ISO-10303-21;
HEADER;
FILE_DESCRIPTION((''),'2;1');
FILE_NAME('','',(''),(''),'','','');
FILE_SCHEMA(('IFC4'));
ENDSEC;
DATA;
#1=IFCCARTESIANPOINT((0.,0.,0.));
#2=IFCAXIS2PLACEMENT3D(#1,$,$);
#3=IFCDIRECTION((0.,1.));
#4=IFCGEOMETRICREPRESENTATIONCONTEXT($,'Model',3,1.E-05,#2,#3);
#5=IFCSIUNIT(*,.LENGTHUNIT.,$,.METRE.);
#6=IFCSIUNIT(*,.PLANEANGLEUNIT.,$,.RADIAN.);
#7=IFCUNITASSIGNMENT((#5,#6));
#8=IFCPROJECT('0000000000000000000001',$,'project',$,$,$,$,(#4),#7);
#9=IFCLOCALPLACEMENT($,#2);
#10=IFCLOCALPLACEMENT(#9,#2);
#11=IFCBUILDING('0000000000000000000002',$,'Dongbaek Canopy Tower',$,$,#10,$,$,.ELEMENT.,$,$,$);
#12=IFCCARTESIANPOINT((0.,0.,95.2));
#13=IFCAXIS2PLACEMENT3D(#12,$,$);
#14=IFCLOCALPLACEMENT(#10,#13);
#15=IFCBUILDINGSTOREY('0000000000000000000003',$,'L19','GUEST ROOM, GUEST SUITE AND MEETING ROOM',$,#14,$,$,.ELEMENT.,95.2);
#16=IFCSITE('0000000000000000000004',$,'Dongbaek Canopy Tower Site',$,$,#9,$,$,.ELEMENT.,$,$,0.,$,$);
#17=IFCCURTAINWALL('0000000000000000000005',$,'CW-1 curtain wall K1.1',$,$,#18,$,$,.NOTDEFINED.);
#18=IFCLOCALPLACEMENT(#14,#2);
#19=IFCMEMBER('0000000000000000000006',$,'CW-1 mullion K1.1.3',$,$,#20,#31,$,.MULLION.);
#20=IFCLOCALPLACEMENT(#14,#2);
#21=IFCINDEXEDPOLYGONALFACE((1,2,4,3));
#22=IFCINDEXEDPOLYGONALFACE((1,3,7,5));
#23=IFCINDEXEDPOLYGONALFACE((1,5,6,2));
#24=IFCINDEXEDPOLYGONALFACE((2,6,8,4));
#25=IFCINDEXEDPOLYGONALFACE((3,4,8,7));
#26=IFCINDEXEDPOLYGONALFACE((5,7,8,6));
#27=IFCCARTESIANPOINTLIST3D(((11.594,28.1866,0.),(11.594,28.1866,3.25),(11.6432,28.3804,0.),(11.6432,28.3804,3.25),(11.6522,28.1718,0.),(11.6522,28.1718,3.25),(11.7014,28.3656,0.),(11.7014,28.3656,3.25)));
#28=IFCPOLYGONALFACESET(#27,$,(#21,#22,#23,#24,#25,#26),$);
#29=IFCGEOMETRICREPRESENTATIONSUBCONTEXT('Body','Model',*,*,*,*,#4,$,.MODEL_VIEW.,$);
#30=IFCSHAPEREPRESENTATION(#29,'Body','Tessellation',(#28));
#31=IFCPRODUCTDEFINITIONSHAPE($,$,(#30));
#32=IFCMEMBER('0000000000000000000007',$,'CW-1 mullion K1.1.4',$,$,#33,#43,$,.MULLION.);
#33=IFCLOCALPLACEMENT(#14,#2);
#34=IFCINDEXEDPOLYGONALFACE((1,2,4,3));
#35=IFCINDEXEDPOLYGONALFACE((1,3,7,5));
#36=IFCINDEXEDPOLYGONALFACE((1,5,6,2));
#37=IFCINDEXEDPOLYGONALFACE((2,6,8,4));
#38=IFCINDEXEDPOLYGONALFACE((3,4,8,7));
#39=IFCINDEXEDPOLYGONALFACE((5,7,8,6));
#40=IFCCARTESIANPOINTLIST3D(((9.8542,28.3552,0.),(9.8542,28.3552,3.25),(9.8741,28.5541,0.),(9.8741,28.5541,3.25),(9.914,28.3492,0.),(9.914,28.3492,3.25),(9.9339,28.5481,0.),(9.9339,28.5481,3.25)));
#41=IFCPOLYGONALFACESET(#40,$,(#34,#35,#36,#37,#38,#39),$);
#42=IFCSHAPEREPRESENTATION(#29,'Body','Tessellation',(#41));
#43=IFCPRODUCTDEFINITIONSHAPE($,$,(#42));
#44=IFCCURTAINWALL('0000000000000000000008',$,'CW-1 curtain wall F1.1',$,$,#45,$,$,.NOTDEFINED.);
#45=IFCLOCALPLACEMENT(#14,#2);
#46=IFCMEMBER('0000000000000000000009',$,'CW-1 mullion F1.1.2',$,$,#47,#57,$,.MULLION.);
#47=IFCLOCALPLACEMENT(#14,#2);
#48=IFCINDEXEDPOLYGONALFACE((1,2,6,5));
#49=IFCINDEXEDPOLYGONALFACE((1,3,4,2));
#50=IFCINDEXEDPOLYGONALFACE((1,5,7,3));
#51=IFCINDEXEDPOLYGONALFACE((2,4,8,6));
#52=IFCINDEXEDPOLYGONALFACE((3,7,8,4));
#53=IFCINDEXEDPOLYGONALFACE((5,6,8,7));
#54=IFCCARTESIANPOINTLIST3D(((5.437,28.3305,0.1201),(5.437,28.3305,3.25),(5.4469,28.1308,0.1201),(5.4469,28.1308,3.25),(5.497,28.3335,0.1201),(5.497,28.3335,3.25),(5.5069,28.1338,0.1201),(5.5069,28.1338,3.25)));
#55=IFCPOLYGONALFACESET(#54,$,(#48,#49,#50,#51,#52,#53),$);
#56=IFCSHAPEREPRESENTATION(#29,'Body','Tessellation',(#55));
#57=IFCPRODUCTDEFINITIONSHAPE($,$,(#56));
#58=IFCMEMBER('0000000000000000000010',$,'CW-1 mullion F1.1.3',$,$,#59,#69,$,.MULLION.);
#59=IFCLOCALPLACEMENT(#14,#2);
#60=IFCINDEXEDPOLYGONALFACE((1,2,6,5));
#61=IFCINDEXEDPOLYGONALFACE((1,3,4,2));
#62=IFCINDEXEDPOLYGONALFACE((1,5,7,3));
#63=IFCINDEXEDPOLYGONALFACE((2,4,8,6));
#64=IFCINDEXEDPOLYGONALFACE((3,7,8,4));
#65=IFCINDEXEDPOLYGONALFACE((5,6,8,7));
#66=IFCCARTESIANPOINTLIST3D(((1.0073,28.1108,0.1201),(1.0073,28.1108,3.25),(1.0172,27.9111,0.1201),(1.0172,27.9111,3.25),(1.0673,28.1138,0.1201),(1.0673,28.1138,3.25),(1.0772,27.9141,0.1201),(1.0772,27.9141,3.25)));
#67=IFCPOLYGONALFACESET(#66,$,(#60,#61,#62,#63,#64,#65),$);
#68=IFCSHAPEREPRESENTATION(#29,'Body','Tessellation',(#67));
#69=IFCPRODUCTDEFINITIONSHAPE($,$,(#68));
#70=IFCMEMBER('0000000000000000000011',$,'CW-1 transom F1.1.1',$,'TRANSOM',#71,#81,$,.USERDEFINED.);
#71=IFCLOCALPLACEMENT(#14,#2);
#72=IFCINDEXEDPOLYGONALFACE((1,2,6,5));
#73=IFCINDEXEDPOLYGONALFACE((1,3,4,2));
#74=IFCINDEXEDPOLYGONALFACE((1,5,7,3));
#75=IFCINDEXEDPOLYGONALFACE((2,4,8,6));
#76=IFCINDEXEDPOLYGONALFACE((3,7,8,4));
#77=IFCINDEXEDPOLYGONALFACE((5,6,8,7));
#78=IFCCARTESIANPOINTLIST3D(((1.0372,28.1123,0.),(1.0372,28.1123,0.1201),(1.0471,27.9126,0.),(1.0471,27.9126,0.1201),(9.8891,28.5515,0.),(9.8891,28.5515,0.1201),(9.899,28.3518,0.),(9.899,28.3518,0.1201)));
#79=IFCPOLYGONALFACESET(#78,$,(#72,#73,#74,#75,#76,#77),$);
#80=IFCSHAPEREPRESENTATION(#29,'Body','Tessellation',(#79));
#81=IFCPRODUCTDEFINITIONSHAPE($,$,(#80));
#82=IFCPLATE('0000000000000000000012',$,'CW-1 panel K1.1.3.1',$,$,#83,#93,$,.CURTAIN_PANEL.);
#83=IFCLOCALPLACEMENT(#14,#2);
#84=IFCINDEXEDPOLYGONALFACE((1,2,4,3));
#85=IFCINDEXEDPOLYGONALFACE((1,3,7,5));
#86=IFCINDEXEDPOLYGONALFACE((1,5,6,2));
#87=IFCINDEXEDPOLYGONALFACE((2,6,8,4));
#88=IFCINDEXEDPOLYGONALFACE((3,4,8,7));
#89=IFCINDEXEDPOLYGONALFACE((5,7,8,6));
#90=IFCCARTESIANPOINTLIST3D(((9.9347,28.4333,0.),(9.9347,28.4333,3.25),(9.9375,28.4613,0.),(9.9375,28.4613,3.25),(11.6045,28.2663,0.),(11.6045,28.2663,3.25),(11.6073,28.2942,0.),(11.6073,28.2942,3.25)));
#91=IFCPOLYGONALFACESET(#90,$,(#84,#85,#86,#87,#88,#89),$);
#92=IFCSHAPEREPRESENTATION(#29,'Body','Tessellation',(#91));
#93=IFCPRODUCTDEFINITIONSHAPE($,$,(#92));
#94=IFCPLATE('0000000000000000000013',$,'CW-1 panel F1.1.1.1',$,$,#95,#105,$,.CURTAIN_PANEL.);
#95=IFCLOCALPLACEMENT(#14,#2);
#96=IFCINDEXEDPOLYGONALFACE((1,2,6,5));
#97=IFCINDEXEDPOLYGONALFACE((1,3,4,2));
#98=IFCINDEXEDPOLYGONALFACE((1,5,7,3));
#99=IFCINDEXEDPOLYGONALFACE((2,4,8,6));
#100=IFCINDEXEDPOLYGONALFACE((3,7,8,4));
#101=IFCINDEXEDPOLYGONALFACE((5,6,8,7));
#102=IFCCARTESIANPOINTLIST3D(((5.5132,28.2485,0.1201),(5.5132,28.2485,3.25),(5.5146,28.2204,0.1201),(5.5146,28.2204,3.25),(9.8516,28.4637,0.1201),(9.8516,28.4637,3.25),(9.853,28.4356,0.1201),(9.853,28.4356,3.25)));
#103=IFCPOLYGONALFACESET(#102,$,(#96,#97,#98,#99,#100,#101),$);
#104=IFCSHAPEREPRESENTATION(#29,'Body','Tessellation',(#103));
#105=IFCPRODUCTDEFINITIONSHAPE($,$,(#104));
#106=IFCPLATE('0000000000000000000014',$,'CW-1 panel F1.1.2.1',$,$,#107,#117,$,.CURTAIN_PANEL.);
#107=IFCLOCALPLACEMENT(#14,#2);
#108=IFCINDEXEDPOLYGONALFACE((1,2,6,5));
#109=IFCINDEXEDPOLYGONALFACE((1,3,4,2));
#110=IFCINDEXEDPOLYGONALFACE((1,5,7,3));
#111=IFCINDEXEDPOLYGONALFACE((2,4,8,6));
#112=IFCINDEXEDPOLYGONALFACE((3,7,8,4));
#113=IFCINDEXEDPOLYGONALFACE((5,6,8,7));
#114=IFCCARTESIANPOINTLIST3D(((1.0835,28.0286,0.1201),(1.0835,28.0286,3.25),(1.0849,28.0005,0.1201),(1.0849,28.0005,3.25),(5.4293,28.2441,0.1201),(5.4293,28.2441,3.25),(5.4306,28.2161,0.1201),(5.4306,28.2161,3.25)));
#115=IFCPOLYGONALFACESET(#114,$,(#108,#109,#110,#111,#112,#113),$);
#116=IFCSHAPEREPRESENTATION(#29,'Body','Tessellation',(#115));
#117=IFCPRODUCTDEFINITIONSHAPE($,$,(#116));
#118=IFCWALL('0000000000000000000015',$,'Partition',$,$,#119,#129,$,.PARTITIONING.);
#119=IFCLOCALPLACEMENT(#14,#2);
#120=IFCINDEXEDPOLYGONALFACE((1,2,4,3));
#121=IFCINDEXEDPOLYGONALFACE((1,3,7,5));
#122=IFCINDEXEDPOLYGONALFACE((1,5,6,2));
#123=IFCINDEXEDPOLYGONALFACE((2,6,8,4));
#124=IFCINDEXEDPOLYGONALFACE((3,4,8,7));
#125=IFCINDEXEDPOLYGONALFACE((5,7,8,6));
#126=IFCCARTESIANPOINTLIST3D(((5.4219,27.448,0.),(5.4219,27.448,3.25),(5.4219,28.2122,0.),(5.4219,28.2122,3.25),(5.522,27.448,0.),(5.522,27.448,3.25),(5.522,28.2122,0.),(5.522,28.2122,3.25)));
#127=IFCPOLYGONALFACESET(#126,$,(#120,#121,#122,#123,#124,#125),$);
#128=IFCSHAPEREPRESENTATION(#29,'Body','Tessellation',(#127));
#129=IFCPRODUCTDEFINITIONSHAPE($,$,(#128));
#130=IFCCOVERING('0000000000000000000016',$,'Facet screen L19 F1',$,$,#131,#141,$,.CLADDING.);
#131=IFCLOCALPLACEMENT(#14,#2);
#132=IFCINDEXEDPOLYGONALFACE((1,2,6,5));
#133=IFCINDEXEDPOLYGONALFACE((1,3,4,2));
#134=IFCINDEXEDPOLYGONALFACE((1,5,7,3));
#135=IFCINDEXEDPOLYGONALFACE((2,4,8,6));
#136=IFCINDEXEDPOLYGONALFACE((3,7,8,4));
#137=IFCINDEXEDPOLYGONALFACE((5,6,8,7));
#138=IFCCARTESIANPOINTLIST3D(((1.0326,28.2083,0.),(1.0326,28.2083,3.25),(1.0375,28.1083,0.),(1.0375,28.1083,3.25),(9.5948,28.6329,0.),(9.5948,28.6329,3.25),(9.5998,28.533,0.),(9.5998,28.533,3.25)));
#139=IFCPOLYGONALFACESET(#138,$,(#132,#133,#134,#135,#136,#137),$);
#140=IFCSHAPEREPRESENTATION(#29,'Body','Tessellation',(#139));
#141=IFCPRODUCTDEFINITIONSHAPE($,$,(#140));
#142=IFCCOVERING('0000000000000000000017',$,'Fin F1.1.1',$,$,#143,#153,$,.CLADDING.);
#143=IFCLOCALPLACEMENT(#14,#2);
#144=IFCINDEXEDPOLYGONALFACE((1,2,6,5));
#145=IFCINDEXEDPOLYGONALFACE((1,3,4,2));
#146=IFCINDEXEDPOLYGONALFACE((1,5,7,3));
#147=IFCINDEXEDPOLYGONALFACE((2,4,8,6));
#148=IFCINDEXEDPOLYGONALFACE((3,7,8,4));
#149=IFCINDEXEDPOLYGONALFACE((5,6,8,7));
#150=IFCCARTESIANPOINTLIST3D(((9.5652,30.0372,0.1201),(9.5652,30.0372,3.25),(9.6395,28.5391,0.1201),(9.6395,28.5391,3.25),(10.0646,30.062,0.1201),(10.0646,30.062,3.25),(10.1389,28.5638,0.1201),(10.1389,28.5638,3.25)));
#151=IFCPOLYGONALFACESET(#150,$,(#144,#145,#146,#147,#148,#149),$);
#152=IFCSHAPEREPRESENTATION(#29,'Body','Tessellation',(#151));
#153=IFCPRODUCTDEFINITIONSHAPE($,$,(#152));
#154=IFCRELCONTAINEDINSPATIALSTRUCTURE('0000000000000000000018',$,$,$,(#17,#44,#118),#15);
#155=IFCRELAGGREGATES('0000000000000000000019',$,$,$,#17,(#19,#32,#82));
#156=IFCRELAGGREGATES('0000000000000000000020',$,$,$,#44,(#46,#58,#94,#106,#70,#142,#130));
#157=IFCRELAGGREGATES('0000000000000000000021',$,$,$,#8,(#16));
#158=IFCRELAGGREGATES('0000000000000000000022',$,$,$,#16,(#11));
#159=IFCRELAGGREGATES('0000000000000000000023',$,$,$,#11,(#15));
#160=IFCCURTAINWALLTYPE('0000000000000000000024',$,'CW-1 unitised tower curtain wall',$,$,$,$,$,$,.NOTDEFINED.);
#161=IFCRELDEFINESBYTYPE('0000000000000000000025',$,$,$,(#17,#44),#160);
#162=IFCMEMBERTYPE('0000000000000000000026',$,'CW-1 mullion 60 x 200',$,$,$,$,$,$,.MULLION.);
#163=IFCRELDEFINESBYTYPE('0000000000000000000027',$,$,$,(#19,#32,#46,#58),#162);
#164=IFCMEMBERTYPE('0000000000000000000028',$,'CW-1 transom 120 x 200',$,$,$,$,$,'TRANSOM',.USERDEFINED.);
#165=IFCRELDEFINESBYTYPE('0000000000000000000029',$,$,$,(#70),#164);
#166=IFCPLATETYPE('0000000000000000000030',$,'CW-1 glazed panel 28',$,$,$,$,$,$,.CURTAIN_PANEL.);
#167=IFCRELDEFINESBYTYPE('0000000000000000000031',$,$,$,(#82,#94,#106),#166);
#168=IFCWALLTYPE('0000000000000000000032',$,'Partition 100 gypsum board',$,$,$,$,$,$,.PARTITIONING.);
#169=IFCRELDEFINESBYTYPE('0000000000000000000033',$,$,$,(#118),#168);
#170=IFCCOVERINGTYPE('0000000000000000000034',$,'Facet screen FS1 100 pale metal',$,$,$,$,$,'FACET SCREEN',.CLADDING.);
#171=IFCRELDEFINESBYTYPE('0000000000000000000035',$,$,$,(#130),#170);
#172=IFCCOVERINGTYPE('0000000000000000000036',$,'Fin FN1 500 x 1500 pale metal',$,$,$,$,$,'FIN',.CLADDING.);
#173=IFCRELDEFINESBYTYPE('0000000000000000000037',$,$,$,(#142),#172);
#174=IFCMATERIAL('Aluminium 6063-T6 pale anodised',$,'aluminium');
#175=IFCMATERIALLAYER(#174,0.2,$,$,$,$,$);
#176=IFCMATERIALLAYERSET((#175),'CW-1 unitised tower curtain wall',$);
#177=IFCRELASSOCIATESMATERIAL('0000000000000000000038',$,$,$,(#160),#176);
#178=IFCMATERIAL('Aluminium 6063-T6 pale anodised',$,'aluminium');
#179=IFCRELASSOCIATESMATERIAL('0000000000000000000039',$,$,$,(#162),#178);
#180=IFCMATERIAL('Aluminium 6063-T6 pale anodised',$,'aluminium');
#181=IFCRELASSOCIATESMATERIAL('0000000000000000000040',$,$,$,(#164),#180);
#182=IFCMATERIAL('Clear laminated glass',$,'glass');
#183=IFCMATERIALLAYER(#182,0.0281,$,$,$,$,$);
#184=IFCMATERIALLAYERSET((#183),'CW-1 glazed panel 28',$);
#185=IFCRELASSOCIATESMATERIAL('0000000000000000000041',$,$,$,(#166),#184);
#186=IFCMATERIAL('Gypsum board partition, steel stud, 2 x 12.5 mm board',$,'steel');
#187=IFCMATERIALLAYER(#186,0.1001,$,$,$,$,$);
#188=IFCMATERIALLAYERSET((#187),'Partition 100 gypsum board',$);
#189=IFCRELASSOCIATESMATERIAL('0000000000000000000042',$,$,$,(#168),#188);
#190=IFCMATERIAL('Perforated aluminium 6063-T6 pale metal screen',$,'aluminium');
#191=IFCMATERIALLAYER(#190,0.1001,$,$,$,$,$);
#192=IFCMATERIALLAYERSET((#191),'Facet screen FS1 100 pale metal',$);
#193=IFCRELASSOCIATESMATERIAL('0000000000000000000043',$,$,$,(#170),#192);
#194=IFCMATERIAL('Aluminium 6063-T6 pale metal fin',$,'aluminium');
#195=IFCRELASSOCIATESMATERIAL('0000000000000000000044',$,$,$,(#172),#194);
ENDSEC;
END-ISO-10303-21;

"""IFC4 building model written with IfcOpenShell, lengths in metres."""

from ifc_helpers import new_model, si_unit, direction, frame, frame_2d, origin, origin_2d, place, context, subcontext, project, spatial, rectangle, extrude, material, layer, layer_set, material_profile, profile_set, type_object, element, aggregate, save


model = new_model("IFC4")

# Units and contexts
model_context = context("Model", 3, precision=1e-05, world=origin(), true_north=direction((0.0, 1.0)))
body_context = subcontext(model_context, "Body", "Model", "MODEL_VIEW")
ifc_project = project(units=[si_unit("LENGTHUNIT", "METRE"), si_unit("PLANEANGLEUNIT", "RADIAN")], contexts=[model_context])

# Site, building, storey
site_placement = place(None, origin())
site = spatial("IfcSite", under=ifc_project, at=site_placement, Name="Dongbaek Canopy Tower Site", CompositionType="ELEMENT", RefElevation=0.0)
building_placement = place(site_placement, origin())
building = spatial("IfcBuilding", under=site, at=building_placement, Name="Dongbaek Canopy Tower", CompositionType="ELEMENT")
storey_placement = place(building_placement, frame((0.0, 0.0, 95.2)))
storey = spatial("IfcBuildingStorey", under=building, at=storey_placement, Name="L19", Description="GUEST ROOM, GUEST SUITE AND MEETING ROOM", CompositionType="ELEMENT", Elevation=95.2)

# Curtain walls, members
ifc_material_1 = material(Name="Aluminium 6063-T6 pale anodised", Category="aluminium")
ifc_layer_1 = layer(ifc_material_1, 0.2)
ifc_layer_set_1 = layer_set([ifc_layer_1], Name="CW-1 unitised tower curtain wall")
curtain_wall_type = type_object("IfcCurtainWallType", Name="CW-1 unitised tower curtain wall", PredefinedType="NOTDEFINED", material=ifc_layer_set_1)
curtain_wall_1_placement = place(storey_placement, origin())
curtain_wall_1 = element("IfcCurtainWall", 1, at=curtain_wall_1_placement, inside=storey, type_object=curtain_wall_type, Name="CW-1 curtain wall K1.1", PredefinedType="NOTDEFINED")
ifc_material_2 = material(Name="Aluminium 6063-T6 pale anodised", Category="aluminium")
ifc_material_profile_1 = material_profile(ifc_material_2, rectangle(XDim=0.2, YDim=0.0601, at=origin_2d()), Name="CW-1 mullion 60 x 200")
ifc_profile_set_1 = profile_set([ifc_material_profile_1], Name="Aluminium 6063-T6 pale anodised")
member_type_1 = type_object("IfcMemberType", Name="CW-1 mullion 60 x 200", PredefinedType="MULLION", material=ifc_profile_set_1)
member_1_placement = place(storey_placement, frame((11.6477, 28.2761, 0.0), z_axis=(0.0, 0.0, 1.0), x_axis=(0.246453, 0.969155, 0.0)))
member_1 = element("IfcMember", 2, at=member_1_placement, type_object=member_type_1, Name="CW-1 mullion K1.1.3", PredefinedType="MULLION", context=body_context, shape_type="SweptSolid", body=[
    extrude(rectangle(XDim=0.2, YDim=0.0601, at=origin_2d()), origin(), (0.0, 0.0, 1.0), 3.25),
])
member_2_placement = place(storey_placement, frame((9.894, 28.4517, 0.0), z_axis=(0.0, 0.0, 1.0), x_axis=(0.099565, 0.995031, 0.0)))
member_2 = element("IfcMember", 3, at=member_2_placement, type_object=member_type_1, Name="CW-1 mullion K1.1.4", PredefinedType="MULLION", context=body_context, shape_type="SweptSolid", body=[
    extrude(rectangle(XDim=0.2, YDim=0.0601, at=origin_2d()), origin(), (0.0, 0.0, 1.0), 3.25),
])
curtain_wall_2_placement = place(storey_placement, origin())
curtain_wall_2 = element("IfcCurtainWall", 4, at=curtain_wall_2_placement, inside=storey, type_object=curtain_wall_type, Name="CW-1 curtain wall F1.1", PredefinedType="NOTDEFINED")
member_3_placement = place(storey_placement, frame((5.4719, 28.2322, 0.1201), z_axis=(0.0, 0.0, 1.0), x_axis=(-0.049538, 0.998772, 0.0)))
member_3 = element("IfcMember", 5, at=member_3_placement, type_object=member_type_1, Name="CW-1 mullion F1.1.2", PredefinedType="MULLION", context=body_context, shape_type="SweptSolid", body=[
    extrude(rectangle(XDim=0.2, YDim=0.0601, at=origin_2d()), origin(), (0.0, 0.0, 1.0), 3.1299),
])
member_4_placement = place(storey_placement, frame((1.0422, 28.0125, 0.1201), z_axis=(0.0, 0.0, 1.0), x_axis=(-0.049538, 0.998772, 0.0)))
member_4 = element("IfcMember", 6, at=member_4_placement, type_object=member_type_1, Name="CW-1 mullion F1.1.3", PredefinedType="MULLION", context=body_context, shape_type="SweptSolid", body=[
    extrude(rectangle(XDim=0.2, YDim=0.0601, at=origin_2d()), origin(), (0.0, 0.0, 1.0), 3.1299),
])
ifc_material_3 = material(Name="Aluminium 6063-T6 pale anodised", Category="aluminium")
ifc_material_profile_2 = material_profile(ifc_material_3, rectangle(XDim=0.2, YDim=0.1201, at=origin_2d()), Name="CW-1 transom 120 x 200")
ifc_profile_set_2 = profile_set([ifc_material_profile_2], Name="Aluminium 6063-T6 pale anodised")
member_type_2 = type_object("IfcMemberType", Name="CW-1 transom 120 x 200", ElementType="TRANSOM", PredefinedType="USERDEFINED", material=ifc_profile_set_2)
member_5_placement = place(storey_placement, frame((9.894, 28.4517, 0.0601), z_axis=(-0.998771, -0.049557, 0.0), x_axis=(0.049557, -0.998771, 0.0)))
member_5 = element("IfcMember", 7, at=member_5_placement, type_object=member_type_2, Name="CW-1 transom F1.1.1", ObjectType="TRANSOM", PredefinedType="USERDEFINED", context=body_context, shape_type="SweptSolid", body=[
    extrude(rectangle(XDim=0.2, YDim=0.1201, at=origin_2d()), origin(), (0.0, 0.0, 1.0), 8.8628),
])

# Plates
ifc_material_4 = material(Name="Clear laminated glass", Category="glass")
ifc_layer_2 = layer(ifc_material_4, 0.0281)
ifc_layer_set_2 = layer_set([ifc_layer_2], Name="CW-1 glazed panel 28")
plate_type = type_object("IfcPlateType", Name="CW-1 glazed panel 28", PredefinedType="CURTAIN_PANEL", material=ifc_layer_set_2)
plate_1_placement = place(storey_placement, frame((10.771, 28.3638, 0.0), z_axis=(0.0, 0.0, 1.0), x_axis=(-0.995031, 0.099565, 0.0)))
plate_1 = element("IfcPlate", 8, at=plate_1_placement, type_object=plate_type, Name="CW-1 panel K1.1.3.1", PredefinedType="CURTAIN_PANEL", context=body_context, shape_type="SweptSolid", body=[
    extrude(rectangle(XDim=1.6782, YDim=0.0281, at=origin_2d()), origin(), (0.0, 0.0, 1.0), 3.25),
])
aggregate(curtain_wall_1, [member_1, member_2, plate_1])
plate_2_placement = place(storey_placement, frame((7.6831, 28.342, 0.1201), z_axis=(0.0, 0.0, 1.0), x_axis=(-0.998772, -0.049538, 0.0)))
plate_2 = element("IfcPlate", 9, at=plate_2_placement, type_object=plate_type, Name="CW-1 panel F1.1.1.1", PredefinedType="CURTAIN_PANEL", context=body_context, shape_type="SweptSolid", body=[
    extrude(rectangle(XDim=4.3438, YDim=0.0281, at=origin_2d()), origin(), (0.0, 0.0, 1.0), 3.1299),
])
plate_3_placement = place(storey_placement, frame((3.2571, 28.1223, 0.1201), z_axis=(0.0, 0.0, 1.0), x_axis=(-0.998772, -0.049538, 0.0)))
plate_3 = element("IfcPlate", 10, at=plate_3_placement, type_object=plate_type, Name="CW-1 panel F1.1.2.1", PredefinedType="CURTAIN_PANEL", context=body_context, shape_type="SweptSolid", body=[
    extrude(rectangle(XDim=4.3511, YDim=0.0281, at=origin_2d()), origin(), (0.0, 0.0, 1.0), 3.1299),
])

# Wall
ifc_material_5 = material(Name="Gypsum board partition, steel stud, 2 x 12.5 mm board", Category="steel")
ifc_layer_3 = layer(ifc_material_5, 0.1001)
ifc_layer_set_3 = layer_set([ifc_layer_3], Name="Partition 100 gypsum board")
wall_type_1 = type_object("IfcWallType", Name="Partition 100 gypsum board", PredefinedType="PARTITIONING", material=ifc_layer_set_3)
wall_1_placement = place(storey_placement, frame((5.4719, 27.448, 0.0), z_axis=(0.0, 0.0, 1.0), x_axis=(0.0, 1.0, 0.0)))
element("IfcWall", 11, at=wall_1_placement, inside=storey, type_object=wall_type_1, Name="Partition", PredefinedType="PARTITIONING", context=body_context, shape_type="SweptSolid", body=[
    extrude(rectangle(XDim=0.7642, YDim=0.1001, at=frame_2d((0.3821, 0.0))), origin(), (0.0, 0.0, 1.0), 3.25),
])

# Coverings
ifc_material_6 = material(Name="Perforated aluminium 6063-T6 pale metal screen", Category="aluminium")
ifc_layer_4 = layer(ifc_material_6, 0.1001)
ifc_layer_set_4 = layer_set([ifc_layer_4], Name="Facet screen FS1 100 pale metal")
covering_type_1 = type_object("IfcCoveringType", Name="Facet screen FS1 100 pale metal", ElementType="FACET SCREEN", PredefinedType="CLADDING", material=ifc_layer_set_4)
covering_1_placement = place(storey_placement, frame((5.3162, 28.3706, 0.0), z_axis=(0.0, 0.0, 1.0), x_axis=(-0.998772, -0.049538, 0.0)))
covering_1 = element("IfcCovering", 12, at=covering_1_placement, type_object=covering_type_1, Name="Facet screen L19 F1", PredefinedType="CLADDING", context=body_context, shape_type="SweptSolid", body=[
    extrude(rectangle(XDim=8.5728, YDim=0.1001, at=origin_2d()), origin(), (0.0, 0.0, 1.0), 3.25),
])
ifc_material_7 = material(Name="Aluminium 6063-T6 pale metal fin", Category="aluminium")
ifc_material_profile_3 = material_profile(ifc_material_7, rectangle(XDim=1.5, YDim=0.5, at=origin_2d()), Name="Fin FN1 500 x 1500 pale metal")
ifc_profile_set_3 = profile_set([ifc_material_profile_3], Name="Aluminium 6063-T6 pale metal fin")
covering_type_2 = type_object("IfcCoveringType", Name="Fin FN1 500 x 1500 pale metal", ElementType="FIN", PredefinedType="CLADDING", material=ifc_profile_set_3)
covering_2_placement = place(storey_placement, frame((9.8521, 29.3005, 0.1201), z_axis=(0.0, 0.0, 1.0), x_axis=(-0.049538, 0.998772, 0.0)))
covering_2 = element("IfcCovering", 13, at=covering_2_placement, type_object=covering_type_2, Name="Fin F1.1.1", PredefinedType="CLADDING", context=body_context, shape_type="SweptSolid", body=[
    extrude(rectangle(XDim=1.5, YDim=0.5, at=origin_2d()), origin(), (0.0, 0.0, 1.0), 3.1299),
])
aggregate(curtain_wall_2, [member_3, member_4, plate_2, plate_3, member_5, covering_2, covering_1])

save(model, "model.ifc")
